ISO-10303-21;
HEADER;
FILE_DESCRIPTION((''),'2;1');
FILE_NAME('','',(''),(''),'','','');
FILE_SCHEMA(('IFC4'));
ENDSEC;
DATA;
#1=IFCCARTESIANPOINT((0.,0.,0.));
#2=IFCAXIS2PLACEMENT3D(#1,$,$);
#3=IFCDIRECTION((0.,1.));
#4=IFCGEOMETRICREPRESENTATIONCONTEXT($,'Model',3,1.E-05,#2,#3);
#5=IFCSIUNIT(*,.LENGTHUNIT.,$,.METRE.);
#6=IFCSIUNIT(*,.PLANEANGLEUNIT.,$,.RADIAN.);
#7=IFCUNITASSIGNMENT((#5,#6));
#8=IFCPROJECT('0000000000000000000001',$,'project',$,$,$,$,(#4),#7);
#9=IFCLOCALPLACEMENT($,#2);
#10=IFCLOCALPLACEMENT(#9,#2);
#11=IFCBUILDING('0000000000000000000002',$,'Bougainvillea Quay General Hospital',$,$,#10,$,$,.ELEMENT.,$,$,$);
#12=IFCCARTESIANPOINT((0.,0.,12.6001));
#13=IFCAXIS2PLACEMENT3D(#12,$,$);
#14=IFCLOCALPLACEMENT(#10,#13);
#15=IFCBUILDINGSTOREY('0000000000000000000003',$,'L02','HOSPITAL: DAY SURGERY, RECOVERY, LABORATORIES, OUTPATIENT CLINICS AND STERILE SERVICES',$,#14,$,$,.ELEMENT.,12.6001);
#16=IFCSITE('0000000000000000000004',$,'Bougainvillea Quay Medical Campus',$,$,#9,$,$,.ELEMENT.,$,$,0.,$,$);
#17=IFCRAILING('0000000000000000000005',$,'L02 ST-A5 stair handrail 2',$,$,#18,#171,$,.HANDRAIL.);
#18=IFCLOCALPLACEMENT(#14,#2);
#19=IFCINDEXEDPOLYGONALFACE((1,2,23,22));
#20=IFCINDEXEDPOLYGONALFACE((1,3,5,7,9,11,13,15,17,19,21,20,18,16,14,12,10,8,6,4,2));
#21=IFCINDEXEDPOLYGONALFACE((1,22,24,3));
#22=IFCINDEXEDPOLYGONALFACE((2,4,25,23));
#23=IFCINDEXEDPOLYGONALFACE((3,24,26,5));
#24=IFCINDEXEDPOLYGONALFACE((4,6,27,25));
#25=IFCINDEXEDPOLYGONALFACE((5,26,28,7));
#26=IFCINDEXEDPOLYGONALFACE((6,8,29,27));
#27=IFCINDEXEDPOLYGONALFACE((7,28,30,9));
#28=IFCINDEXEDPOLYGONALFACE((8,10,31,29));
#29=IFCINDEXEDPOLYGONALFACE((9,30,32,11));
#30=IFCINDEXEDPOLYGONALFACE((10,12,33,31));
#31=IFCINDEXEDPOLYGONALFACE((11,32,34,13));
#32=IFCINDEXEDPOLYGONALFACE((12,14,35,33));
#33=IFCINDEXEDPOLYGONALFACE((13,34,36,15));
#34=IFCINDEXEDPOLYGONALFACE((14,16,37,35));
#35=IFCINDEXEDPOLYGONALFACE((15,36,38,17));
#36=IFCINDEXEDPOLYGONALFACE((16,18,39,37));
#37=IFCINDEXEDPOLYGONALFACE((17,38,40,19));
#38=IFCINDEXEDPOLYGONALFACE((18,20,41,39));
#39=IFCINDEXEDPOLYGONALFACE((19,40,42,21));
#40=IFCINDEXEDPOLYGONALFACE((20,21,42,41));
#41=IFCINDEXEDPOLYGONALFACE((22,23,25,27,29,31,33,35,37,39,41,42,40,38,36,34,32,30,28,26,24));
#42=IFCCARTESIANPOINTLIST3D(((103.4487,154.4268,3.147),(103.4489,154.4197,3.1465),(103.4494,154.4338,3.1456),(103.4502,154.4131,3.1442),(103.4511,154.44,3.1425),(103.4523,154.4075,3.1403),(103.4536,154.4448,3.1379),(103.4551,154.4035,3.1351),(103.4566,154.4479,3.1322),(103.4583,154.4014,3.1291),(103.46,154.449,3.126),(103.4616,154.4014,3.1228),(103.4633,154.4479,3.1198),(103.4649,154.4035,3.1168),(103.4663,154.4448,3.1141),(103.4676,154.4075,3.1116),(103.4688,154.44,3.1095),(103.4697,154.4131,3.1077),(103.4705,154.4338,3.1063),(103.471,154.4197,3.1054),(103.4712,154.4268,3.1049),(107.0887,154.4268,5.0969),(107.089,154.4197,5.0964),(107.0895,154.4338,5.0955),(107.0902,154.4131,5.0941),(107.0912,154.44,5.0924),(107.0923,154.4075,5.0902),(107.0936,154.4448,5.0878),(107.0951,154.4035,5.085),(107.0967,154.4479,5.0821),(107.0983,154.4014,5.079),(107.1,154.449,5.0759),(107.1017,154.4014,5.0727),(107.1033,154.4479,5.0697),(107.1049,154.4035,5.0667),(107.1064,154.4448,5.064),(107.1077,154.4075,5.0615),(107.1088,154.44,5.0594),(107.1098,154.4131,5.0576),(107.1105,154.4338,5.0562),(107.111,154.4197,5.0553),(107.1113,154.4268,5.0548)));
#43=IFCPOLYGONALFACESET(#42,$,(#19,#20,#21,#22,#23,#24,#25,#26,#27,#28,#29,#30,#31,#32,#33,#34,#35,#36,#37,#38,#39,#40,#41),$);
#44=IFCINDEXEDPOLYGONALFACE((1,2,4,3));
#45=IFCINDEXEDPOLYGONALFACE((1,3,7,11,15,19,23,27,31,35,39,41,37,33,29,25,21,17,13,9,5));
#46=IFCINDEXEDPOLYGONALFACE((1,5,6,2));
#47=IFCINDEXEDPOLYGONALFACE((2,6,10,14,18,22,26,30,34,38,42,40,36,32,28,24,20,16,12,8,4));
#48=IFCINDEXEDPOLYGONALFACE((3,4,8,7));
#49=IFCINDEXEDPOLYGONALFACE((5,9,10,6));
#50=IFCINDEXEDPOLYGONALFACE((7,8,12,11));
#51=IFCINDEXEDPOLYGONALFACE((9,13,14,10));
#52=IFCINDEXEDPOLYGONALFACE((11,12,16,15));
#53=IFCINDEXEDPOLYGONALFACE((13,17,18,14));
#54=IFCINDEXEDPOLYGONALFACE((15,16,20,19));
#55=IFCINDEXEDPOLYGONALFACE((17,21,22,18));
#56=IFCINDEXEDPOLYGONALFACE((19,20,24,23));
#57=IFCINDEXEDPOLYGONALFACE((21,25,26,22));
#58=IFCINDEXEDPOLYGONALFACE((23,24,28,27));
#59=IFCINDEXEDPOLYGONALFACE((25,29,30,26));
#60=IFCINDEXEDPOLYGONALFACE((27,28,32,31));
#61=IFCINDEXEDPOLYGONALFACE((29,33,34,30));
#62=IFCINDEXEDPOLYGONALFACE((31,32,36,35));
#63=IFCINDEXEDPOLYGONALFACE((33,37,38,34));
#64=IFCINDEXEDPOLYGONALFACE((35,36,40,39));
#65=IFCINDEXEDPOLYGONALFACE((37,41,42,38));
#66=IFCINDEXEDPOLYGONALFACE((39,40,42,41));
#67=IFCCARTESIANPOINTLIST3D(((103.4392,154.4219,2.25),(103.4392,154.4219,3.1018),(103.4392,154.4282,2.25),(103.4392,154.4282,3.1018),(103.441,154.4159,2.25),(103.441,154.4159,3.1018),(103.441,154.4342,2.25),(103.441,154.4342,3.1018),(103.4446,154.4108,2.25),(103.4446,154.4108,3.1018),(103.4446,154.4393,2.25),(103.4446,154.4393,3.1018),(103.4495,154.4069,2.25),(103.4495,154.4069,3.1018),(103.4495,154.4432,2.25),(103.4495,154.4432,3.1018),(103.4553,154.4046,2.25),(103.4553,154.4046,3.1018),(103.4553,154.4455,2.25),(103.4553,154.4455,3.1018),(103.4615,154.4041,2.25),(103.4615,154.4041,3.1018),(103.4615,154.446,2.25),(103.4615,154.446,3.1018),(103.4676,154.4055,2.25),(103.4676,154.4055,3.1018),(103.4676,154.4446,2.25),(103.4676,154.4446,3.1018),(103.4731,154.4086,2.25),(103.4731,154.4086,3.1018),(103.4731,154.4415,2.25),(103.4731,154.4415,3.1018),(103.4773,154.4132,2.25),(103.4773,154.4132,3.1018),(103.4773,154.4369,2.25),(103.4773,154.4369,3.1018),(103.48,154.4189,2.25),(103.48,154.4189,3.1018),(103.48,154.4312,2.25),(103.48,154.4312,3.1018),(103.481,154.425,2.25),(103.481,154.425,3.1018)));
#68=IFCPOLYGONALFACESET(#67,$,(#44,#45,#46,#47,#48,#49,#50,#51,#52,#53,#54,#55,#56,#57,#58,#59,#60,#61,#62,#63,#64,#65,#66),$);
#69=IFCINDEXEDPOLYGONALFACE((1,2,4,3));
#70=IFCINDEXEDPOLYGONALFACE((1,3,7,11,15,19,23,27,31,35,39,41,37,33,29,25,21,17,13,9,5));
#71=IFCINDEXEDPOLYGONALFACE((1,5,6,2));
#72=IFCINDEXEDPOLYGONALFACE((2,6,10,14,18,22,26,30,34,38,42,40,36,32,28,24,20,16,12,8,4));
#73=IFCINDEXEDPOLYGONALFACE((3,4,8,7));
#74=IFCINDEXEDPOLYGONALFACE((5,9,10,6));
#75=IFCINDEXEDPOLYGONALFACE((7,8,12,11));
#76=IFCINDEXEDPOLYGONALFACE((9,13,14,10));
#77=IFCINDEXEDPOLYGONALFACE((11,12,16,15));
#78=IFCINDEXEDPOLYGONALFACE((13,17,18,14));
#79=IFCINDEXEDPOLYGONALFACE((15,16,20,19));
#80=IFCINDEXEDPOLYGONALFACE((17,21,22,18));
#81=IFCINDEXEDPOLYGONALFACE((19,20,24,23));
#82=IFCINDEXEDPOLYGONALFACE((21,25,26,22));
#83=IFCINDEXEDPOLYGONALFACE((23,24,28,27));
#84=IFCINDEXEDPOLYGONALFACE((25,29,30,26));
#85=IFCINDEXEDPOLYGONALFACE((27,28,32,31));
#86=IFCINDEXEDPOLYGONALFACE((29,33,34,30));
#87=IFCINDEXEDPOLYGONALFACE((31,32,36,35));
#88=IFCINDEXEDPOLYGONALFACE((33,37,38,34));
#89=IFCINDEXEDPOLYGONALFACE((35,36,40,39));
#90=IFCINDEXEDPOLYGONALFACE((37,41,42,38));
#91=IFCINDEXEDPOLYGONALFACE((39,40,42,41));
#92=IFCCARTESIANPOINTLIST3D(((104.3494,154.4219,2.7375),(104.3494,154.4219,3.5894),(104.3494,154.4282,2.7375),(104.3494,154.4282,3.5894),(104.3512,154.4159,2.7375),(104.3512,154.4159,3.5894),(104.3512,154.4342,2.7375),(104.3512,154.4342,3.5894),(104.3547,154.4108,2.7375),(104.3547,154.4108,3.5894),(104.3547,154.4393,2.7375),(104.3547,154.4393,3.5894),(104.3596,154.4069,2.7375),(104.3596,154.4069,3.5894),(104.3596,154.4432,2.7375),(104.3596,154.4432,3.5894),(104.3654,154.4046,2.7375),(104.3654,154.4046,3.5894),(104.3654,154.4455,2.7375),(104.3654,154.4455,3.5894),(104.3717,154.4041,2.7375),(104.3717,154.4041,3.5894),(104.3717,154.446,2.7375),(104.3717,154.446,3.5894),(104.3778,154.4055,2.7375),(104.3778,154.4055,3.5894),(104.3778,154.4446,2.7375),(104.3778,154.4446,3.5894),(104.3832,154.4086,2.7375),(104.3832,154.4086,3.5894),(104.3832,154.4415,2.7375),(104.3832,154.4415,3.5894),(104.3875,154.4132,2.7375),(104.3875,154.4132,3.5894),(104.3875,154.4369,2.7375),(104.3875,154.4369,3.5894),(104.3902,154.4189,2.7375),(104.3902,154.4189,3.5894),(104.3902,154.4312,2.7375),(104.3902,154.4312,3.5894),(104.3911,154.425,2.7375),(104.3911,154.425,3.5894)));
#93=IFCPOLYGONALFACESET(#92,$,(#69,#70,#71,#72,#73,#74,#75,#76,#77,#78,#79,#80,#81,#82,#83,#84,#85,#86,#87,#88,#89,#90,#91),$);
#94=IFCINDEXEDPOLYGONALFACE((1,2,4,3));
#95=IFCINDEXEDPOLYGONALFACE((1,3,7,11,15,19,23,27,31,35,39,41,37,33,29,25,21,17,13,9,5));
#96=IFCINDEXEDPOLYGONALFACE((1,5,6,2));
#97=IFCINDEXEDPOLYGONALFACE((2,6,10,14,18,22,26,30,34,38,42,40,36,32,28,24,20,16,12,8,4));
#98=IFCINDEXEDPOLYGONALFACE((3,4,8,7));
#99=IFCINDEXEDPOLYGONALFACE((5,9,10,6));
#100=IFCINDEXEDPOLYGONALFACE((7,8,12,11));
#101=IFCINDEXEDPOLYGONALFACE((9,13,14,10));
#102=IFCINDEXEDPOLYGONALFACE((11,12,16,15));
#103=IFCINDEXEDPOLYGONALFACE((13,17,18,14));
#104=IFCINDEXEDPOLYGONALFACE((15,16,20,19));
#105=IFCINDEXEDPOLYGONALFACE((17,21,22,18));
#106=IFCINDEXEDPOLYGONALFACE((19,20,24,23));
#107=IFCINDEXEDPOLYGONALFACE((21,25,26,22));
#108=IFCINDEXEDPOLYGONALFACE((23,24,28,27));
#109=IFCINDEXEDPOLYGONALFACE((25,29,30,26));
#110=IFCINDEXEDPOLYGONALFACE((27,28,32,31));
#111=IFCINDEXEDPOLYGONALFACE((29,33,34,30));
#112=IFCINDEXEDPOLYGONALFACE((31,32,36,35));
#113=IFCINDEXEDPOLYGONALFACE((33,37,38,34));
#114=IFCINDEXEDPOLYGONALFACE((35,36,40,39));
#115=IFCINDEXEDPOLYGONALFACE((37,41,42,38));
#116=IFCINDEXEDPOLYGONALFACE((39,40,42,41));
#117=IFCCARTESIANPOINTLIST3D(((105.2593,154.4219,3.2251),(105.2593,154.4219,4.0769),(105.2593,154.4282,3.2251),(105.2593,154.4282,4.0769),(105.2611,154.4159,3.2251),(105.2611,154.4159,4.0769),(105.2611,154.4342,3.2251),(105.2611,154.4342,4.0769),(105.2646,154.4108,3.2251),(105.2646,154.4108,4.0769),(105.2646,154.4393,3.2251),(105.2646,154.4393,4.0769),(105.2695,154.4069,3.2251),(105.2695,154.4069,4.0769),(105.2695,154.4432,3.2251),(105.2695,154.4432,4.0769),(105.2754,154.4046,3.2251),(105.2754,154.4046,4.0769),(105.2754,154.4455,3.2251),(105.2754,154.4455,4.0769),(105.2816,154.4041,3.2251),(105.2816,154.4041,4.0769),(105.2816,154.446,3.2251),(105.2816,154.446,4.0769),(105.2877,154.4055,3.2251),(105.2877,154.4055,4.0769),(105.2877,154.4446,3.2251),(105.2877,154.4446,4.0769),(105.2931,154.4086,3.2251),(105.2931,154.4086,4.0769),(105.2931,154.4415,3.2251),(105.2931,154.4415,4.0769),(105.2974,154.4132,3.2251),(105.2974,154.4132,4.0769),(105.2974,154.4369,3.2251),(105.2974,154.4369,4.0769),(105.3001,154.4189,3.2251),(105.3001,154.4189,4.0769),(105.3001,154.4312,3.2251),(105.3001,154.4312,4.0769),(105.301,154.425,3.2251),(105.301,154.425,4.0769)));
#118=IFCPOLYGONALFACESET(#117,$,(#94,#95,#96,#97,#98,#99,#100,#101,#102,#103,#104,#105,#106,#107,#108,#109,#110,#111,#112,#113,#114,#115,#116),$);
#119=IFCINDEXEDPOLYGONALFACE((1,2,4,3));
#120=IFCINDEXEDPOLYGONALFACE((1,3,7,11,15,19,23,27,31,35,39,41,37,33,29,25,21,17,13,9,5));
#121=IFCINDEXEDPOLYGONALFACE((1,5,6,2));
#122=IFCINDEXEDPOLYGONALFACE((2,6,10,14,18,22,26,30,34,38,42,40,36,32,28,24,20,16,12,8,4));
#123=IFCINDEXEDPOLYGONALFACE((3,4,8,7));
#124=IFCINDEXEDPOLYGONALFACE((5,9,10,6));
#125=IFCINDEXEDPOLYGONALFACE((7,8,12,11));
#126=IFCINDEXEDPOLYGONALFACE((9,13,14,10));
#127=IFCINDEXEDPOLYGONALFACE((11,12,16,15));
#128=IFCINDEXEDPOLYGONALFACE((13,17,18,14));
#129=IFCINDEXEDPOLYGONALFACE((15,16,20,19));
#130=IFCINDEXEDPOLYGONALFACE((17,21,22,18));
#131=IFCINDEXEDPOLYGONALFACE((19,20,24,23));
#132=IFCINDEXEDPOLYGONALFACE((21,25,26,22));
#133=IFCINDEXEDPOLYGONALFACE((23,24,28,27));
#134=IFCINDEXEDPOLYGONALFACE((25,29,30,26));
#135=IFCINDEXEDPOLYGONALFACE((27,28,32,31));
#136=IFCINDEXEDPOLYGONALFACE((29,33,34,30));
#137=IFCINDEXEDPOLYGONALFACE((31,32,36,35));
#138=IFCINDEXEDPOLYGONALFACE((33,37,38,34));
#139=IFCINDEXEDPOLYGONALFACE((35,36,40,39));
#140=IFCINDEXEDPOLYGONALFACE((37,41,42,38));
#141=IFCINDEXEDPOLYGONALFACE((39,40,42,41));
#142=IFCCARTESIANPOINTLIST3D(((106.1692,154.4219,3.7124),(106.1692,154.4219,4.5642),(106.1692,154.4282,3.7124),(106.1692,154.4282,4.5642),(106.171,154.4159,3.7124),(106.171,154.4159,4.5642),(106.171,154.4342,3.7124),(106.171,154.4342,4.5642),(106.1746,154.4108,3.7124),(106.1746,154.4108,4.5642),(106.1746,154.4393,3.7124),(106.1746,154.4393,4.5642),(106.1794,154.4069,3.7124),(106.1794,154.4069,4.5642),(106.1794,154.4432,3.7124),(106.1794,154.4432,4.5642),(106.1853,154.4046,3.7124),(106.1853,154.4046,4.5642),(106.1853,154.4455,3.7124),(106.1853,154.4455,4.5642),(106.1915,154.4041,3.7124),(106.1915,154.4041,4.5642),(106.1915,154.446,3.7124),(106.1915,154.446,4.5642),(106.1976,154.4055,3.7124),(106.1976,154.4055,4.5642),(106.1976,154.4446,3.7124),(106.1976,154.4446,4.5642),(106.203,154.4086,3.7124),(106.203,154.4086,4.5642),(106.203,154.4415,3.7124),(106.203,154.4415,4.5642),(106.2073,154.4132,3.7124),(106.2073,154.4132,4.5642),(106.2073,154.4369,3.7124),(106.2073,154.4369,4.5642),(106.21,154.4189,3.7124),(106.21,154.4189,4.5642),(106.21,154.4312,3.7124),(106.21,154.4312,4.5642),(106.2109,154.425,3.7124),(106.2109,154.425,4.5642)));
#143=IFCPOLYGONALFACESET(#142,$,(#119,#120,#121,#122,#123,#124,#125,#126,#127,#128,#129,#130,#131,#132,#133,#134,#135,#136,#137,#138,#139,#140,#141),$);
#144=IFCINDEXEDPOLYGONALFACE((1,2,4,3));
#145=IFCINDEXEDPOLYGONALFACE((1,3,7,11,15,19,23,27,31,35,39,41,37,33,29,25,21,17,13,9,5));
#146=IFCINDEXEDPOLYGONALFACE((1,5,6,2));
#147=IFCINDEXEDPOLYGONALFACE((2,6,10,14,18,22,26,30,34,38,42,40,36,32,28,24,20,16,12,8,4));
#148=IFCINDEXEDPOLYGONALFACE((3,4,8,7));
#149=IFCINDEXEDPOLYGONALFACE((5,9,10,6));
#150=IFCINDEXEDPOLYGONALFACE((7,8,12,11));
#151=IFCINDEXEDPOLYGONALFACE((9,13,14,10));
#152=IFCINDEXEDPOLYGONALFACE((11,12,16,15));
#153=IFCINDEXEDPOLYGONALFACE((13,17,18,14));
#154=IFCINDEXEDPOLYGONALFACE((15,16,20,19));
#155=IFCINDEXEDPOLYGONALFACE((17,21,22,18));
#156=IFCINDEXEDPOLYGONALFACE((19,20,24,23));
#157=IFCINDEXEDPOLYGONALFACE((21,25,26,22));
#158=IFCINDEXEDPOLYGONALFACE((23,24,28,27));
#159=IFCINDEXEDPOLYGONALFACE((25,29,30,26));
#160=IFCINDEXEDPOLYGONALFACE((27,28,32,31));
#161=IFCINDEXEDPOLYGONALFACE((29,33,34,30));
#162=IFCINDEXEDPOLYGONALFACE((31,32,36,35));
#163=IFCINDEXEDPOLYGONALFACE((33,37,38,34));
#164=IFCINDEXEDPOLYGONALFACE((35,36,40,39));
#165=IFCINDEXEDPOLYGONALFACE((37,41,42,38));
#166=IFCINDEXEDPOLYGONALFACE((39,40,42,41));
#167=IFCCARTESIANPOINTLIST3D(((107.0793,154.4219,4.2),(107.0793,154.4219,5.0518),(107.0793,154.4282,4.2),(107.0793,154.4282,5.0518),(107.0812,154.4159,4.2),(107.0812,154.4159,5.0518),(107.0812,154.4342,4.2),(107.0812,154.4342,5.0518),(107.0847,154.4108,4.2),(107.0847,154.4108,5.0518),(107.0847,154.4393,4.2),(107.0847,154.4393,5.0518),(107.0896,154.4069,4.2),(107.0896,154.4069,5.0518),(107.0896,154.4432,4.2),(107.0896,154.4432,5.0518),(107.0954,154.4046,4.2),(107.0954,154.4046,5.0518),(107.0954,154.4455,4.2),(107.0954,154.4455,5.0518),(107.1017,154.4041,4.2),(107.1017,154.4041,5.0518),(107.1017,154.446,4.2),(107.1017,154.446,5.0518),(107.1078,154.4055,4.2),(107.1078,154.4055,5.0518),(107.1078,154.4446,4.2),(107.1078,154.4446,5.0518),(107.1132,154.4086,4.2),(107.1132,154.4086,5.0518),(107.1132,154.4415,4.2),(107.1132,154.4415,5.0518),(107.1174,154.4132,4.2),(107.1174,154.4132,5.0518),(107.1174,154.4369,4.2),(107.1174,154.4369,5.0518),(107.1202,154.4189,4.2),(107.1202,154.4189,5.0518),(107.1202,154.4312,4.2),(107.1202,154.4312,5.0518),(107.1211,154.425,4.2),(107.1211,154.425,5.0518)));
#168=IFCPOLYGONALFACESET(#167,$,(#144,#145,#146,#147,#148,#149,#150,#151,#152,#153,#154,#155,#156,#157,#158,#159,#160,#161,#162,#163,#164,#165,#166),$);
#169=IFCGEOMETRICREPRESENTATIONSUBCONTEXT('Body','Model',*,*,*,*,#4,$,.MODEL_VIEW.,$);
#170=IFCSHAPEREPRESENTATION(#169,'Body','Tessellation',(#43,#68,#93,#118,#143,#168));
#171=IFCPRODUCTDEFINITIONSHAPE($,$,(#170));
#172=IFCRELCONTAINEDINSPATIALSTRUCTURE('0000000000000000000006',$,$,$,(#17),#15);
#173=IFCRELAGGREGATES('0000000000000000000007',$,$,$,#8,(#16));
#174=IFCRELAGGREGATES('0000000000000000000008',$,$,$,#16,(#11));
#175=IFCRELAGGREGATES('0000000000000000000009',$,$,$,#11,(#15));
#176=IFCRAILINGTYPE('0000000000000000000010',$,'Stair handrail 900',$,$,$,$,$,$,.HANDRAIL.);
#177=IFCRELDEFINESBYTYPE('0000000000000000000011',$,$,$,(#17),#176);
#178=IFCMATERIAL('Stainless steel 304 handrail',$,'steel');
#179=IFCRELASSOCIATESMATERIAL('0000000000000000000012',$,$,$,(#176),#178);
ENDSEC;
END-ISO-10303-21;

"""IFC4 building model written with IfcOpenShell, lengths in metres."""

from ifc_helpers import new_model, si_unit, direction, frame, origin, origin_2d, place, context, subcontext, project, spatial, circle, extrude, material, type_object, element, save


model = new_model("IFC4")

# Units and contexts
model_context = context("Model", 3, precision=1e-05, world=origin(), true_north=direction((0.0, 1.0)))
body_context = subcontext(model_context, "Body", "Model", "MODEL_VIEW")
ifc_project = project(units=[si_unit("LENGTHUNIT", "METRE"), si_unit("PLANEANGLEUNIT", "RADIAN")], contexts=[model_context])

# Site, building, storey
site_placement = place(None, origin())
site = spatial("IfcSite", under=ifc_project, at=site_placement, Name="Bougainvillea Quay Medical Campus", CompositionType="ELEMENT", RefElevation=0.0)
building_placement = place(site_placement, origin())
building = spatial("IfcBuilding", under=site, at=building_placement, Name="Bougainvillea Quay General Hospital", CompositionType="ELEMENT")
storey_placement = place(building_placement, frame((0.0, 0.0, 12.6001)))
storey = spatial("IfcBuildingStorey", under=building, at=storey_placement, Name="L02", Description="HOSPITAL: DAY SURGERY, RECOVERY, LABORATORIES, OUTPATIENT CLINICS AND STERILE SERVICES", CompositionType="ELEMENT", Elevation=12.6001)

# Railing
ifc_material_1 = material(Name="Stainless steel 304 handrail", Category="steel")
railing_type_1 = type_object("IfcRailingType", Name="Stair handrail 900", PredefinedType="HANDRAIL", material=ifc_material_1)
railing_1_placement = place(storey_placement, frame((103.46, 154.425, 2.25)))
element("IfcRailing", 1, at=railing_1_placement, inside=storey, type_object=railing_type_1, Name="L02 ST-A5 stair handrail 2", PredefinedType="HANDRAIL", context=body_context, shape_type="SweptSolid", body=[
    extrude(circle(Radius=0.0239, at=origin_2d()), frame((0.0, 0.0, 0.876), z_axis=(0.881492, 0.0, 0.472198), x_axis=(0.0, 1.0, 0.0)), (0.0, 0.0, 1.0), 4.1294),
    extrude(circle(Radius=0.021, at=origin_2d()), origin(), (0.0, 0.0, 1.0), 0.8518),
    extrude(circle(Radius=0.021, at=origin_2d()), frame((0.9102, 0.0, 0.4875)), (0.0, 0.0, 1.0), 0.8518),
    extrude(circle(Radius=0.021, at=origin_2d()), frame((1.8201, 0.0, 0.9751)), (0.0, 0.0, 1.0), 0.8518),
    extrude(circle(Radius=0.021, at=origin_2d()), frame((2.73, 0.0, 1.4624)), (0.0, 0.0, 1.0), 0.8518),
    extrude(circle(Radius=0.021, at=origin_2d()), frame((3.6401, 0.0, 1.95)), (0.0, 0.0, 1.0), 0.8518),
])

save(model, "model.ifc")
